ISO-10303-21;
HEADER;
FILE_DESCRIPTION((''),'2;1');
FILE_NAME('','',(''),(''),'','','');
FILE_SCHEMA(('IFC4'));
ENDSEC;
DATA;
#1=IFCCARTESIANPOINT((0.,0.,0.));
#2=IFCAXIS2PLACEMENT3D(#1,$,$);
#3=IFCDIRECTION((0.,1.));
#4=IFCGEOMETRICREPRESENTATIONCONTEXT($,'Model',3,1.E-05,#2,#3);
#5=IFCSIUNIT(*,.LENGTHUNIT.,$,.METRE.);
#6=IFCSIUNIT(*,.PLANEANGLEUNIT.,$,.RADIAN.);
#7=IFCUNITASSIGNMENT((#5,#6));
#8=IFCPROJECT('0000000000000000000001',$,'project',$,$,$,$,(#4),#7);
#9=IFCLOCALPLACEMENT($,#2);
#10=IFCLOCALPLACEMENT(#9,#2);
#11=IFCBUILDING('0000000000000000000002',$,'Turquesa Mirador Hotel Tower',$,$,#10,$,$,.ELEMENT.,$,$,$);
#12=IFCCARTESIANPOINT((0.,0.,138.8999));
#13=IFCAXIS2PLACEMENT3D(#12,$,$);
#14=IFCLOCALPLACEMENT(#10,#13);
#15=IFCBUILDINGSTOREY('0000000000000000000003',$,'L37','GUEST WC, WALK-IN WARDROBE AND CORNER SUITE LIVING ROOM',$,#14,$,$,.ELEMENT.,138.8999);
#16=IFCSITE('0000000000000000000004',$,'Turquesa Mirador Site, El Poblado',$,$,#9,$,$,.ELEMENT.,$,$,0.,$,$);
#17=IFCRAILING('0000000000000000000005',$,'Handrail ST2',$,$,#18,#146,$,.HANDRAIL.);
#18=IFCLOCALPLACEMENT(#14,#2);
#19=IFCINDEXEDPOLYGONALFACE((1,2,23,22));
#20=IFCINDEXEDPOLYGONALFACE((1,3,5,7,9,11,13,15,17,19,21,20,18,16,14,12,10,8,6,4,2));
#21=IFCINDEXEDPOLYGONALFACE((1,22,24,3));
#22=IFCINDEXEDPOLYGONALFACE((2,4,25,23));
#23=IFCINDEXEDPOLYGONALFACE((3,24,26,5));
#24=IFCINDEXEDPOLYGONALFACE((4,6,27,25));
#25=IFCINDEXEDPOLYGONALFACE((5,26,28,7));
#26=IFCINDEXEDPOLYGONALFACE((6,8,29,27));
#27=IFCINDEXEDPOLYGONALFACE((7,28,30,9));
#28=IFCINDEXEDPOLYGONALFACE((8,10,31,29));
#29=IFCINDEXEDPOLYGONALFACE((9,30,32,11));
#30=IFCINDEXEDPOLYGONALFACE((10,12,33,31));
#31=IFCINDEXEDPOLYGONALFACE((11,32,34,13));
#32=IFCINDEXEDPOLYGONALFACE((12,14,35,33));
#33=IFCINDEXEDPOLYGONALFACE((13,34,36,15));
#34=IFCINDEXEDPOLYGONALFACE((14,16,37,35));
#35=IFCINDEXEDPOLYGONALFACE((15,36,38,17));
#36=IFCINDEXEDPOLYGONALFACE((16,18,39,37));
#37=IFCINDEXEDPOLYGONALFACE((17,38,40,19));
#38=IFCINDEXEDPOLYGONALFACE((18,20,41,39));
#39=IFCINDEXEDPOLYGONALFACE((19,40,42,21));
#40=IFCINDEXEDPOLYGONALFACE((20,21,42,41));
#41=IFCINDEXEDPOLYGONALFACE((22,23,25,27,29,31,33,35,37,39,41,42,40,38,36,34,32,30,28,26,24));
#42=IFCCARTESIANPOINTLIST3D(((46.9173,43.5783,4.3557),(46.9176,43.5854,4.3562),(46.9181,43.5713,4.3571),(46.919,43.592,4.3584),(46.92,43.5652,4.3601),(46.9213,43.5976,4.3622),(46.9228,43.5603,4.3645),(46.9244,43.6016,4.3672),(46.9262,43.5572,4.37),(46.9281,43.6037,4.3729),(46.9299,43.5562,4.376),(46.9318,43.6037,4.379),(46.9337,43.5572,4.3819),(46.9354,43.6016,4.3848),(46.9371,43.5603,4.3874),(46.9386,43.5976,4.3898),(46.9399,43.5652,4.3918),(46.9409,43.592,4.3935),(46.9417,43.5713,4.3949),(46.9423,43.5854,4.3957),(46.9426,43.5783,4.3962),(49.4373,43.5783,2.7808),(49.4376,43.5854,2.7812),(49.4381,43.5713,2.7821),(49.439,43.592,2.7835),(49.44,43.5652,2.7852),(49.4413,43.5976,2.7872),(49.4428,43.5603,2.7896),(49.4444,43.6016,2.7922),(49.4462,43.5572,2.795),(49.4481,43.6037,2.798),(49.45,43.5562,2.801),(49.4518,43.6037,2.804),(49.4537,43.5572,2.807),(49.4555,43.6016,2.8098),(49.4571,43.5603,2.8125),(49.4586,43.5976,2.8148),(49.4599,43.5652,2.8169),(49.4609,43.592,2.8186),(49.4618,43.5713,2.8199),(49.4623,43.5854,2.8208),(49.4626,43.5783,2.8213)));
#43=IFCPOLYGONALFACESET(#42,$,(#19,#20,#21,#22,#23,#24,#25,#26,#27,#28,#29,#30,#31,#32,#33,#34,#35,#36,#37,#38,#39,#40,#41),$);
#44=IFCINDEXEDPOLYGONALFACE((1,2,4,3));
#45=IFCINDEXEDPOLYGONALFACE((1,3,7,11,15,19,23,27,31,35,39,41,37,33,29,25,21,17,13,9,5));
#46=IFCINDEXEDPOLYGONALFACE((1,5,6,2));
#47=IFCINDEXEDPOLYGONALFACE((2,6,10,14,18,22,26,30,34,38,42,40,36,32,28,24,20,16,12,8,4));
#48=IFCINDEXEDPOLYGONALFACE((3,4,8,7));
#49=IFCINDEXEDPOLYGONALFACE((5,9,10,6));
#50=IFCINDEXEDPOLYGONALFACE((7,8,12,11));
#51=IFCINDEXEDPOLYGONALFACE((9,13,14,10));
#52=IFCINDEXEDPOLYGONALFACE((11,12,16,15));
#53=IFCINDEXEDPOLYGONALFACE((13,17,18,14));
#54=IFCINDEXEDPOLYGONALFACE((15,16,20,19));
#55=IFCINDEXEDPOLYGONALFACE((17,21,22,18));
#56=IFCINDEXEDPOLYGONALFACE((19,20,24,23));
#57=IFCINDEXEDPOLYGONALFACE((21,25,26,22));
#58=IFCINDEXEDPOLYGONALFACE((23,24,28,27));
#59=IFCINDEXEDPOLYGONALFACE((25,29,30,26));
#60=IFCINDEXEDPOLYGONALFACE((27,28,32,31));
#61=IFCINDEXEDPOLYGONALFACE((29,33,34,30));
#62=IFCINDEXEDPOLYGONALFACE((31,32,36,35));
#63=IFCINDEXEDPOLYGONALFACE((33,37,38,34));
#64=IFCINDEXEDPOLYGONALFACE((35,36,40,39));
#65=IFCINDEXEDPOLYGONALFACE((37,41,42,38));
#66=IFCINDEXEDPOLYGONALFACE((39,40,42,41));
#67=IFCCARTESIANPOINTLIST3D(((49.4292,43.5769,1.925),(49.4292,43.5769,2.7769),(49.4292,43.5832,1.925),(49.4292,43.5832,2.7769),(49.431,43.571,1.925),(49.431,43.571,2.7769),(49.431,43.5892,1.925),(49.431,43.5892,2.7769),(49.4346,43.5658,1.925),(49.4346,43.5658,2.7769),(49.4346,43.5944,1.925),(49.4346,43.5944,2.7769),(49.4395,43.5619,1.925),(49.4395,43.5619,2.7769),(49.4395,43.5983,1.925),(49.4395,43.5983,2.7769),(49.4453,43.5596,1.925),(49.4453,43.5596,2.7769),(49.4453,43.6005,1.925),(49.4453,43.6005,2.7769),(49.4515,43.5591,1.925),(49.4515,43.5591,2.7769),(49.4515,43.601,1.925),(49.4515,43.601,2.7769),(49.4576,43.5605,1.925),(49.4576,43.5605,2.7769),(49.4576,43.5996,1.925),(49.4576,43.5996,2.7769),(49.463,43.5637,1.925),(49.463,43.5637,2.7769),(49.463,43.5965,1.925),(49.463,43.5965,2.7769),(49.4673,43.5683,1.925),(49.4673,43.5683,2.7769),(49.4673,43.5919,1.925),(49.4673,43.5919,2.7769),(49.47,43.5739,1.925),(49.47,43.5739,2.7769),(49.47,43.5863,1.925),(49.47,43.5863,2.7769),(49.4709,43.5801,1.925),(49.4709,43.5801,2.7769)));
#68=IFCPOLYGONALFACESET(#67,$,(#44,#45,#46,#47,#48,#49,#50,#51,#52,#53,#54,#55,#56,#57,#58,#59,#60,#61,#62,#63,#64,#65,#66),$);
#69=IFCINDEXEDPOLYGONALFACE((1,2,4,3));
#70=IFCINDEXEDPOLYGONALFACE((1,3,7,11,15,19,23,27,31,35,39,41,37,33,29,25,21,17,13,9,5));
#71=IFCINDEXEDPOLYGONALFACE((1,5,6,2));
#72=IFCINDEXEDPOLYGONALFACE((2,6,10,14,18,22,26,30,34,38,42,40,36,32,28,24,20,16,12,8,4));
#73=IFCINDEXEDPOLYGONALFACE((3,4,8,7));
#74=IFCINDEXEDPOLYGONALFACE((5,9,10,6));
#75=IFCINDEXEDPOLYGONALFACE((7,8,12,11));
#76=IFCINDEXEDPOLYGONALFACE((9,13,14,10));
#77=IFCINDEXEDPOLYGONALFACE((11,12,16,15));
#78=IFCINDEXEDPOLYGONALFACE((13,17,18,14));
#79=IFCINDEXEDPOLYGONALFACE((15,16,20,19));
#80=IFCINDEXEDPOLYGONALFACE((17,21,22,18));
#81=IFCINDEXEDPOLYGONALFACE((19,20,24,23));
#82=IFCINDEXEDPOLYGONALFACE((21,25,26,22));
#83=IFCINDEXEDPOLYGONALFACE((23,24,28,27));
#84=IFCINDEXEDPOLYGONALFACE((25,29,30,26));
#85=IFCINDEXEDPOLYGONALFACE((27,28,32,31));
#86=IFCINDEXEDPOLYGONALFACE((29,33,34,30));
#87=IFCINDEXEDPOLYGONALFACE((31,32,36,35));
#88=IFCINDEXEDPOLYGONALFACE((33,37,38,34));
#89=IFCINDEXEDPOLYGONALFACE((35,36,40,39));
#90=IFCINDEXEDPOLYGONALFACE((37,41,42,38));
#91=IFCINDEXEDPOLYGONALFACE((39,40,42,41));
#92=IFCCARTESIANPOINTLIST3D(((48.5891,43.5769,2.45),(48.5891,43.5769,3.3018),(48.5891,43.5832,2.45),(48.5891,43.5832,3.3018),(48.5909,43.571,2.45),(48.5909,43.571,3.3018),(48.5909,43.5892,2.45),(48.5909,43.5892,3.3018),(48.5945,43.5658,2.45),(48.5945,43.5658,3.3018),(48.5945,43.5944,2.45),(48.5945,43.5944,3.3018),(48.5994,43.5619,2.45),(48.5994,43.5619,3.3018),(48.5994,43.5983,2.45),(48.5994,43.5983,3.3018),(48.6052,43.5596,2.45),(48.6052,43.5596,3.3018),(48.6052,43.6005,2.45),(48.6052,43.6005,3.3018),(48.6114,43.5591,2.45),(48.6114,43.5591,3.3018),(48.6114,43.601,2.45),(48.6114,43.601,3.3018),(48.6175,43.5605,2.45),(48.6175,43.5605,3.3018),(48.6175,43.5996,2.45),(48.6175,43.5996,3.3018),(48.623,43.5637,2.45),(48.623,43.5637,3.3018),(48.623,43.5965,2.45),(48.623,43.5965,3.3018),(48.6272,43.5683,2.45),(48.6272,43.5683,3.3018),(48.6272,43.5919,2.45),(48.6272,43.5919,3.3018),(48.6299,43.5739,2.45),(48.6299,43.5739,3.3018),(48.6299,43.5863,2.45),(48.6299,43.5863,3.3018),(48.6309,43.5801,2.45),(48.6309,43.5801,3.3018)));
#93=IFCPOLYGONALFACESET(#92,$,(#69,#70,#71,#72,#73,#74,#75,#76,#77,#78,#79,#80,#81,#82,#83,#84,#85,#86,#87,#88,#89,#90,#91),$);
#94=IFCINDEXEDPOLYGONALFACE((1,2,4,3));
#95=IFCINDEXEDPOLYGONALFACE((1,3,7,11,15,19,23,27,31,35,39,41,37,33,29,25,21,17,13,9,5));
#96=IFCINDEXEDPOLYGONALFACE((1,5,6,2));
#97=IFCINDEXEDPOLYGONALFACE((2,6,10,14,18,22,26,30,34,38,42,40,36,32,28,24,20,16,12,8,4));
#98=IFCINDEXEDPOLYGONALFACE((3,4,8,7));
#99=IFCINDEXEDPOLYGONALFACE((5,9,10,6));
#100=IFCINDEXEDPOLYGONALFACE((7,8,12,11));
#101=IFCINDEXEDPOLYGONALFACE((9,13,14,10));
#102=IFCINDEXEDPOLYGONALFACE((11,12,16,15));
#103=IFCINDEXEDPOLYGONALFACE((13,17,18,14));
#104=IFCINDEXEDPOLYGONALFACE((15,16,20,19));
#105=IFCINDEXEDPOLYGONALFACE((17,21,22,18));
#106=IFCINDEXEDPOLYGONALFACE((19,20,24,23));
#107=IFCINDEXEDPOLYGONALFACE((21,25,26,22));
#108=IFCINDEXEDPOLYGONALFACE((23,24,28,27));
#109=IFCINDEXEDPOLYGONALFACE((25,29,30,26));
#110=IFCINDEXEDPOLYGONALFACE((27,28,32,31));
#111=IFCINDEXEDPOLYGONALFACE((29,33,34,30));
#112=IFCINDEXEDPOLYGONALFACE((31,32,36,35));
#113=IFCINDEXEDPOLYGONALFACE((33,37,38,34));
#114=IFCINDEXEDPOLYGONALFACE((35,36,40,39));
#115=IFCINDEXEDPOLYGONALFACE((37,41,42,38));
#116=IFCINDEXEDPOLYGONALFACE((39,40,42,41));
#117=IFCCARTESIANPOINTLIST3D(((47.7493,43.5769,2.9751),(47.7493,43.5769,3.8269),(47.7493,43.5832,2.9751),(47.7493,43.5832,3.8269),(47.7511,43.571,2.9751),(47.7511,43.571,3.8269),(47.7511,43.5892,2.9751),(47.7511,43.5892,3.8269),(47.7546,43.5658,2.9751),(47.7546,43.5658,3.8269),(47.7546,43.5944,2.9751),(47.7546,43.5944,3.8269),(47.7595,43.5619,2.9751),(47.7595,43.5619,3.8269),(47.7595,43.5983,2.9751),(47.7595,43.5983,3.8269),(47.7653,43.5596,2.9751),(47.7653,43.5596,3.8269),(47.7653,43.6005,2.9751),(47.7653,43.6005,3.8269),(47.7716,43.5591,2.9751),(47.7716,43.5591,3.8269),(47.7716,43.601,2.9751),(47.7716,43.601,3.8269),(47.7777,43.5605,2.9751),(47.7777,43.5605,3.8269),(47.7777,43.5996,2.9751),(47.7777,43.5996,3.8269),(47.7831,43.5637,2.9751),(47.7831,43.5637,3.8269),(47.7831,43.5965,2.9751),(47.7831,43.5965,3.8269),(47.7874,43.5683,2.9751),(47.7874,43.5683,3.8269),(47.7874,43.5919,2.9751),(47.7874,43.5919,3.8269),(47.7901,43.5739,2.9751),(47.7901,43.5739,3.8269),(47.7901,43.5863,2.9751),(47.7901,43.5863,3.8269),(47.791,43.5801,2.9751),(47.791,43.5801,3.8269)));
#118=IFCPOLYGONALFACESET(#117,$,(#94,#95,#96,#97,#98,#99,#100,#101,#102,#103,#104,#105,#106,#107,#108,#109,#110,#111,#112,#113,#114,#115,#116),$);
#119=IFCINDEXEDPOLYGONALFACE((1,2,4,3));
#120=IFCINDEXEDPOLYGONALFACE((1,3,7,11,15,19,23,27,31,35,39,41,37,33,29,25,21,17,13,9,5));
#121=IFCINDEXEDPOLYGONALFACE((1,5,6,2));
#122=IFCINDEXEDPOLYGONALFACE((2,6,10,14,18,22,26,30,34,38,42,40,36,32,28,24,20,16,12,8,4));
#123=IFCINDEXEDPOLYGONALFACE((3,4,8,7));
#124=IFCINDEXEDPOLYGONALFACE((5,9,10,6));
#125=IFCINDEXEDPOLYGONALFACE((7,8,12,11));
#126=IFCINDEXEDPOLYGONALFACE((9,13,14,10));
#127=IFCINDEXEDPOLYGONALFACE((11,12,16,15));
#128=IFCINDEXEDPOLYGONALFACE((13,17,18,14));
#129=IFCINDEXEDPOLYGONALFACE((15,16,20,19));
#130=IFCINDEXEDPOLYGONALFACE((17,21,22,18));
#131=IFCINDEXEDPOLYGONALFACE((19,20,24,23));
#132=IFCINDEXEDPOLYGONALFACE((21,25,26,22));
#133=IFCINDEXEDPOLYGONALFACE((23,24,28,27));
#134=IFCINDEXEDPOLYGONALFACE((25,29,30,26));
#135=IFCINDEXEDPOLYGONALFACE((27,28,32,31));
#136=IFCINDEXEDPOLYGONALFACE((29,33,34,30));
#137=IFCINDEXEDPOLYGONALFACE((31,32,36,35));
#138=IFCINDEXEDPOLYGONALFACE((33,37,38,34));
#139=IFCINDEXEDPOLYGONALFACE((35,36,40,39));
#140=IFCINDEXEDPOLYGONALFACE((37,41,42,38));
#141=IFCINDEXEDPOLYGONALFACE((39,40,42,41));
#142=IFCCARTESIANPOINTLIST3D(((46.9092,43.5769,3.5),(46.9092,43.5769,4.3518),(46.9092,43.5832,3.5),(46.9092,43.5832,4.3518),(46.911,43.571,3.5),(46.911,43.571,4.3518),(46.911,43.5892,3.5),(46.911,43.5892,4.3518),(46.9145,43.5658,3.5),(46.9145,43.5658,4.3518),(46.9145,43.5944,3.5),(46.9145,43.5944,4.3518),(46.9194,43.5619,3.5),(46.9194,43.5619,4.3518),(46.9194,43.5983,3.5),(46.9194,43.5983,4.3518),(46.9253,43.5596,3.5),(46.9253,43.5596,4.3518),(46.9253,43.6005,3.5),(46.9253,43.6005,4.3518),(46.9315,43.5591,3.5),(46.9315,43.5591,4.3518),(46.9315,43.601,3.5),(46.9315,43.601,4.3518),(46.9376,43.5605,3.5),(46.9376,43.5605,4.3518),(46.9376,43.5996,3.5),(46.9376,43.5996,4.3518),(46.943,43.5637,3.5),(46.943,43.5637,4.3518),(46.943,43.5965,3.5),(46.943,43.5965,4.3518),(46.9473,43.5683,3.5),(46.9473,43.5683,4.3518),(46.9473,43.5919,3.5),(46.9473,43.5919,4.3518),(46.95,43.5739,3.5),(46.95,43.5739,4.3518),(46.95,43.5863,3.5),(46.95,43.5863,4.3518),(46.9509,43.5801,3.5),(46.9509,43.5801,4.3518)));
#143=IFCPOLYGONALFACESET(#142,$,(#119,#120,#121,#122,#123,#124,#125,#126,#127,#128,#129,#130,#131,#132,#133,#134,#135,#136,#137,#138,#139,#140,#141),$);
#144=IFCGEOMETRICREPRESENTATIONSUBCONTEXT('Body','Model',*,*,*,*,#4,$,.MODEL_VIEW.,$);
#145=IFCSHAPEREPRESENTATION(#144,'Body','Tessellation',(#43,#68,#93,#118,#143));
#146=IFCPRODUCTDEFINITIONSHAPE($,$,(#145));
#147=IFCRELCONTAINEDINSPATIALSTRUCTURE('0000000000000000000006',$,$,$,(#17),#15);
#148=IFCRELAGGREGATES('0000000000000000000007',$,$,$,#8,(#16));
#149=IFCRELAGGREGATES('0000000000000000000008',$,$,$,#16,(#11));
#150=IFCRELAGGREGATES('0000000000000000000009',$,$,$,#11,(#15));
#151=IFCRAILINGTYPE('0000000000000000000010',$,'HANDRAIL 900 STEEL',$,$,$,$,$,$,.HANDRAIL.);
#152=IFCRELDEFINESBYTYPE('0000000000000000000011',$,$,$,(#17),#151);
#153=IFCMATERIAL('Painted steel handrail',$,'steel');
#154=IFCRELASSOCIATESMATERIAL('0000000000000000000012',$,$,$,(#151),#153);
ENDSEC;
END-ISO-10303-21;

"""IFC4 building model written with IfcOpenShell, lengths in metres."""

from ifc_helpers import new_model, si_unit, direction, frame, origin, origin_2d, place, context, subcontext, project, spatial, circle, extrude, material, type_object, element, save


model = new_model("IFC4")

# Units and contexts
model_context = context("Model", 3, precision=1e-05, world=origin(), true_north=direction((0.0, 1.0)))
body_context = subcontext(model_context, "Body", "Model", "MODEL_VIEW")
ifc_project = project(units=[si_unit("LENGTHUNIT", "METRE"), si_unit("PLANEANGLEUNIT", "RADIAN")], contexts=[model_context])

# Site, building, storey
site_placement = place(None, origin())
site = spatial("IfcSite", under=ifc_project, at=site_placement, Name="Turquesa Mirador Site, El Poblado", CompositionType="ELEMENT", RefElevation=0.0)
building_placement = place(site_placement, origin())
building = spatial("IfcBuilding", under=site, at=building_placement, Name="Turquesa Mirador Hotel Tower", CompositionType="ELEMENT")
storey_placement = place(building_placement, frame((0.0, 0.0, 138.8999)))
storey = spatial("IfcBuildingStorey", under=building, at=storey_placement, Name="L37", Description="GUEST WC, WALK-IN WARDROBE AND CORNER SUITE LIVING ROOM", CompositionType="ELEMENT", Elevation=138.8999)

# Railing
ifc_material_1 = material(Name="Painted steel handrail", Category="steel")
railing_type = type_object("IfcRailingType", Name="HANDRAIL 900 STEEL", PredefinedType="HANDRAIL", material=ifc_material_1)
railing_1_placement = place(storey_placement, frame((49.45, 43.5801, 1.925)))
element("IfcRailing", 1, at=railing_1_placement, inside=storey, type_object=railing_type, Name="Handrail ST2", PredefinedType="HANDRAIL", context=body_context, shape_type="SweptSolid", body=[
    extrude(circle(Radius=0.0239, at=origin_2d()), frame((0.0, 0.0, 0.876), z_axis=(-0.848008, 0.0, 0.529984), x_axis=(0.0, -1.0, 0.0)), (0.0, 0.0, 1.0), 2.9717),
    extrude(circle(Radius=0.021, at=origin_2d()), origin(), (0.0, 0.0, 1.0), 0.8518),
    extrude(circle(Radius=0.021, at=origin_2d()), frame((-0.8401, 0.0, 0.5249)), (0.0, 0.0, 1.0), 0.8518),
    extrude(circle(Radius=0.021, at=origin_2d()), frame((-1.6799, 0.0, 1.05)), (0.0, 0.0, 1.0), 0.8518),
    extrude(circle(Radius=0.021, at=origin_2d()), frame((-2.52, 0.0, 1.575)), (0.0, 0.0, 1.0), 0.8518),
])

save(model, "model.ifc")
